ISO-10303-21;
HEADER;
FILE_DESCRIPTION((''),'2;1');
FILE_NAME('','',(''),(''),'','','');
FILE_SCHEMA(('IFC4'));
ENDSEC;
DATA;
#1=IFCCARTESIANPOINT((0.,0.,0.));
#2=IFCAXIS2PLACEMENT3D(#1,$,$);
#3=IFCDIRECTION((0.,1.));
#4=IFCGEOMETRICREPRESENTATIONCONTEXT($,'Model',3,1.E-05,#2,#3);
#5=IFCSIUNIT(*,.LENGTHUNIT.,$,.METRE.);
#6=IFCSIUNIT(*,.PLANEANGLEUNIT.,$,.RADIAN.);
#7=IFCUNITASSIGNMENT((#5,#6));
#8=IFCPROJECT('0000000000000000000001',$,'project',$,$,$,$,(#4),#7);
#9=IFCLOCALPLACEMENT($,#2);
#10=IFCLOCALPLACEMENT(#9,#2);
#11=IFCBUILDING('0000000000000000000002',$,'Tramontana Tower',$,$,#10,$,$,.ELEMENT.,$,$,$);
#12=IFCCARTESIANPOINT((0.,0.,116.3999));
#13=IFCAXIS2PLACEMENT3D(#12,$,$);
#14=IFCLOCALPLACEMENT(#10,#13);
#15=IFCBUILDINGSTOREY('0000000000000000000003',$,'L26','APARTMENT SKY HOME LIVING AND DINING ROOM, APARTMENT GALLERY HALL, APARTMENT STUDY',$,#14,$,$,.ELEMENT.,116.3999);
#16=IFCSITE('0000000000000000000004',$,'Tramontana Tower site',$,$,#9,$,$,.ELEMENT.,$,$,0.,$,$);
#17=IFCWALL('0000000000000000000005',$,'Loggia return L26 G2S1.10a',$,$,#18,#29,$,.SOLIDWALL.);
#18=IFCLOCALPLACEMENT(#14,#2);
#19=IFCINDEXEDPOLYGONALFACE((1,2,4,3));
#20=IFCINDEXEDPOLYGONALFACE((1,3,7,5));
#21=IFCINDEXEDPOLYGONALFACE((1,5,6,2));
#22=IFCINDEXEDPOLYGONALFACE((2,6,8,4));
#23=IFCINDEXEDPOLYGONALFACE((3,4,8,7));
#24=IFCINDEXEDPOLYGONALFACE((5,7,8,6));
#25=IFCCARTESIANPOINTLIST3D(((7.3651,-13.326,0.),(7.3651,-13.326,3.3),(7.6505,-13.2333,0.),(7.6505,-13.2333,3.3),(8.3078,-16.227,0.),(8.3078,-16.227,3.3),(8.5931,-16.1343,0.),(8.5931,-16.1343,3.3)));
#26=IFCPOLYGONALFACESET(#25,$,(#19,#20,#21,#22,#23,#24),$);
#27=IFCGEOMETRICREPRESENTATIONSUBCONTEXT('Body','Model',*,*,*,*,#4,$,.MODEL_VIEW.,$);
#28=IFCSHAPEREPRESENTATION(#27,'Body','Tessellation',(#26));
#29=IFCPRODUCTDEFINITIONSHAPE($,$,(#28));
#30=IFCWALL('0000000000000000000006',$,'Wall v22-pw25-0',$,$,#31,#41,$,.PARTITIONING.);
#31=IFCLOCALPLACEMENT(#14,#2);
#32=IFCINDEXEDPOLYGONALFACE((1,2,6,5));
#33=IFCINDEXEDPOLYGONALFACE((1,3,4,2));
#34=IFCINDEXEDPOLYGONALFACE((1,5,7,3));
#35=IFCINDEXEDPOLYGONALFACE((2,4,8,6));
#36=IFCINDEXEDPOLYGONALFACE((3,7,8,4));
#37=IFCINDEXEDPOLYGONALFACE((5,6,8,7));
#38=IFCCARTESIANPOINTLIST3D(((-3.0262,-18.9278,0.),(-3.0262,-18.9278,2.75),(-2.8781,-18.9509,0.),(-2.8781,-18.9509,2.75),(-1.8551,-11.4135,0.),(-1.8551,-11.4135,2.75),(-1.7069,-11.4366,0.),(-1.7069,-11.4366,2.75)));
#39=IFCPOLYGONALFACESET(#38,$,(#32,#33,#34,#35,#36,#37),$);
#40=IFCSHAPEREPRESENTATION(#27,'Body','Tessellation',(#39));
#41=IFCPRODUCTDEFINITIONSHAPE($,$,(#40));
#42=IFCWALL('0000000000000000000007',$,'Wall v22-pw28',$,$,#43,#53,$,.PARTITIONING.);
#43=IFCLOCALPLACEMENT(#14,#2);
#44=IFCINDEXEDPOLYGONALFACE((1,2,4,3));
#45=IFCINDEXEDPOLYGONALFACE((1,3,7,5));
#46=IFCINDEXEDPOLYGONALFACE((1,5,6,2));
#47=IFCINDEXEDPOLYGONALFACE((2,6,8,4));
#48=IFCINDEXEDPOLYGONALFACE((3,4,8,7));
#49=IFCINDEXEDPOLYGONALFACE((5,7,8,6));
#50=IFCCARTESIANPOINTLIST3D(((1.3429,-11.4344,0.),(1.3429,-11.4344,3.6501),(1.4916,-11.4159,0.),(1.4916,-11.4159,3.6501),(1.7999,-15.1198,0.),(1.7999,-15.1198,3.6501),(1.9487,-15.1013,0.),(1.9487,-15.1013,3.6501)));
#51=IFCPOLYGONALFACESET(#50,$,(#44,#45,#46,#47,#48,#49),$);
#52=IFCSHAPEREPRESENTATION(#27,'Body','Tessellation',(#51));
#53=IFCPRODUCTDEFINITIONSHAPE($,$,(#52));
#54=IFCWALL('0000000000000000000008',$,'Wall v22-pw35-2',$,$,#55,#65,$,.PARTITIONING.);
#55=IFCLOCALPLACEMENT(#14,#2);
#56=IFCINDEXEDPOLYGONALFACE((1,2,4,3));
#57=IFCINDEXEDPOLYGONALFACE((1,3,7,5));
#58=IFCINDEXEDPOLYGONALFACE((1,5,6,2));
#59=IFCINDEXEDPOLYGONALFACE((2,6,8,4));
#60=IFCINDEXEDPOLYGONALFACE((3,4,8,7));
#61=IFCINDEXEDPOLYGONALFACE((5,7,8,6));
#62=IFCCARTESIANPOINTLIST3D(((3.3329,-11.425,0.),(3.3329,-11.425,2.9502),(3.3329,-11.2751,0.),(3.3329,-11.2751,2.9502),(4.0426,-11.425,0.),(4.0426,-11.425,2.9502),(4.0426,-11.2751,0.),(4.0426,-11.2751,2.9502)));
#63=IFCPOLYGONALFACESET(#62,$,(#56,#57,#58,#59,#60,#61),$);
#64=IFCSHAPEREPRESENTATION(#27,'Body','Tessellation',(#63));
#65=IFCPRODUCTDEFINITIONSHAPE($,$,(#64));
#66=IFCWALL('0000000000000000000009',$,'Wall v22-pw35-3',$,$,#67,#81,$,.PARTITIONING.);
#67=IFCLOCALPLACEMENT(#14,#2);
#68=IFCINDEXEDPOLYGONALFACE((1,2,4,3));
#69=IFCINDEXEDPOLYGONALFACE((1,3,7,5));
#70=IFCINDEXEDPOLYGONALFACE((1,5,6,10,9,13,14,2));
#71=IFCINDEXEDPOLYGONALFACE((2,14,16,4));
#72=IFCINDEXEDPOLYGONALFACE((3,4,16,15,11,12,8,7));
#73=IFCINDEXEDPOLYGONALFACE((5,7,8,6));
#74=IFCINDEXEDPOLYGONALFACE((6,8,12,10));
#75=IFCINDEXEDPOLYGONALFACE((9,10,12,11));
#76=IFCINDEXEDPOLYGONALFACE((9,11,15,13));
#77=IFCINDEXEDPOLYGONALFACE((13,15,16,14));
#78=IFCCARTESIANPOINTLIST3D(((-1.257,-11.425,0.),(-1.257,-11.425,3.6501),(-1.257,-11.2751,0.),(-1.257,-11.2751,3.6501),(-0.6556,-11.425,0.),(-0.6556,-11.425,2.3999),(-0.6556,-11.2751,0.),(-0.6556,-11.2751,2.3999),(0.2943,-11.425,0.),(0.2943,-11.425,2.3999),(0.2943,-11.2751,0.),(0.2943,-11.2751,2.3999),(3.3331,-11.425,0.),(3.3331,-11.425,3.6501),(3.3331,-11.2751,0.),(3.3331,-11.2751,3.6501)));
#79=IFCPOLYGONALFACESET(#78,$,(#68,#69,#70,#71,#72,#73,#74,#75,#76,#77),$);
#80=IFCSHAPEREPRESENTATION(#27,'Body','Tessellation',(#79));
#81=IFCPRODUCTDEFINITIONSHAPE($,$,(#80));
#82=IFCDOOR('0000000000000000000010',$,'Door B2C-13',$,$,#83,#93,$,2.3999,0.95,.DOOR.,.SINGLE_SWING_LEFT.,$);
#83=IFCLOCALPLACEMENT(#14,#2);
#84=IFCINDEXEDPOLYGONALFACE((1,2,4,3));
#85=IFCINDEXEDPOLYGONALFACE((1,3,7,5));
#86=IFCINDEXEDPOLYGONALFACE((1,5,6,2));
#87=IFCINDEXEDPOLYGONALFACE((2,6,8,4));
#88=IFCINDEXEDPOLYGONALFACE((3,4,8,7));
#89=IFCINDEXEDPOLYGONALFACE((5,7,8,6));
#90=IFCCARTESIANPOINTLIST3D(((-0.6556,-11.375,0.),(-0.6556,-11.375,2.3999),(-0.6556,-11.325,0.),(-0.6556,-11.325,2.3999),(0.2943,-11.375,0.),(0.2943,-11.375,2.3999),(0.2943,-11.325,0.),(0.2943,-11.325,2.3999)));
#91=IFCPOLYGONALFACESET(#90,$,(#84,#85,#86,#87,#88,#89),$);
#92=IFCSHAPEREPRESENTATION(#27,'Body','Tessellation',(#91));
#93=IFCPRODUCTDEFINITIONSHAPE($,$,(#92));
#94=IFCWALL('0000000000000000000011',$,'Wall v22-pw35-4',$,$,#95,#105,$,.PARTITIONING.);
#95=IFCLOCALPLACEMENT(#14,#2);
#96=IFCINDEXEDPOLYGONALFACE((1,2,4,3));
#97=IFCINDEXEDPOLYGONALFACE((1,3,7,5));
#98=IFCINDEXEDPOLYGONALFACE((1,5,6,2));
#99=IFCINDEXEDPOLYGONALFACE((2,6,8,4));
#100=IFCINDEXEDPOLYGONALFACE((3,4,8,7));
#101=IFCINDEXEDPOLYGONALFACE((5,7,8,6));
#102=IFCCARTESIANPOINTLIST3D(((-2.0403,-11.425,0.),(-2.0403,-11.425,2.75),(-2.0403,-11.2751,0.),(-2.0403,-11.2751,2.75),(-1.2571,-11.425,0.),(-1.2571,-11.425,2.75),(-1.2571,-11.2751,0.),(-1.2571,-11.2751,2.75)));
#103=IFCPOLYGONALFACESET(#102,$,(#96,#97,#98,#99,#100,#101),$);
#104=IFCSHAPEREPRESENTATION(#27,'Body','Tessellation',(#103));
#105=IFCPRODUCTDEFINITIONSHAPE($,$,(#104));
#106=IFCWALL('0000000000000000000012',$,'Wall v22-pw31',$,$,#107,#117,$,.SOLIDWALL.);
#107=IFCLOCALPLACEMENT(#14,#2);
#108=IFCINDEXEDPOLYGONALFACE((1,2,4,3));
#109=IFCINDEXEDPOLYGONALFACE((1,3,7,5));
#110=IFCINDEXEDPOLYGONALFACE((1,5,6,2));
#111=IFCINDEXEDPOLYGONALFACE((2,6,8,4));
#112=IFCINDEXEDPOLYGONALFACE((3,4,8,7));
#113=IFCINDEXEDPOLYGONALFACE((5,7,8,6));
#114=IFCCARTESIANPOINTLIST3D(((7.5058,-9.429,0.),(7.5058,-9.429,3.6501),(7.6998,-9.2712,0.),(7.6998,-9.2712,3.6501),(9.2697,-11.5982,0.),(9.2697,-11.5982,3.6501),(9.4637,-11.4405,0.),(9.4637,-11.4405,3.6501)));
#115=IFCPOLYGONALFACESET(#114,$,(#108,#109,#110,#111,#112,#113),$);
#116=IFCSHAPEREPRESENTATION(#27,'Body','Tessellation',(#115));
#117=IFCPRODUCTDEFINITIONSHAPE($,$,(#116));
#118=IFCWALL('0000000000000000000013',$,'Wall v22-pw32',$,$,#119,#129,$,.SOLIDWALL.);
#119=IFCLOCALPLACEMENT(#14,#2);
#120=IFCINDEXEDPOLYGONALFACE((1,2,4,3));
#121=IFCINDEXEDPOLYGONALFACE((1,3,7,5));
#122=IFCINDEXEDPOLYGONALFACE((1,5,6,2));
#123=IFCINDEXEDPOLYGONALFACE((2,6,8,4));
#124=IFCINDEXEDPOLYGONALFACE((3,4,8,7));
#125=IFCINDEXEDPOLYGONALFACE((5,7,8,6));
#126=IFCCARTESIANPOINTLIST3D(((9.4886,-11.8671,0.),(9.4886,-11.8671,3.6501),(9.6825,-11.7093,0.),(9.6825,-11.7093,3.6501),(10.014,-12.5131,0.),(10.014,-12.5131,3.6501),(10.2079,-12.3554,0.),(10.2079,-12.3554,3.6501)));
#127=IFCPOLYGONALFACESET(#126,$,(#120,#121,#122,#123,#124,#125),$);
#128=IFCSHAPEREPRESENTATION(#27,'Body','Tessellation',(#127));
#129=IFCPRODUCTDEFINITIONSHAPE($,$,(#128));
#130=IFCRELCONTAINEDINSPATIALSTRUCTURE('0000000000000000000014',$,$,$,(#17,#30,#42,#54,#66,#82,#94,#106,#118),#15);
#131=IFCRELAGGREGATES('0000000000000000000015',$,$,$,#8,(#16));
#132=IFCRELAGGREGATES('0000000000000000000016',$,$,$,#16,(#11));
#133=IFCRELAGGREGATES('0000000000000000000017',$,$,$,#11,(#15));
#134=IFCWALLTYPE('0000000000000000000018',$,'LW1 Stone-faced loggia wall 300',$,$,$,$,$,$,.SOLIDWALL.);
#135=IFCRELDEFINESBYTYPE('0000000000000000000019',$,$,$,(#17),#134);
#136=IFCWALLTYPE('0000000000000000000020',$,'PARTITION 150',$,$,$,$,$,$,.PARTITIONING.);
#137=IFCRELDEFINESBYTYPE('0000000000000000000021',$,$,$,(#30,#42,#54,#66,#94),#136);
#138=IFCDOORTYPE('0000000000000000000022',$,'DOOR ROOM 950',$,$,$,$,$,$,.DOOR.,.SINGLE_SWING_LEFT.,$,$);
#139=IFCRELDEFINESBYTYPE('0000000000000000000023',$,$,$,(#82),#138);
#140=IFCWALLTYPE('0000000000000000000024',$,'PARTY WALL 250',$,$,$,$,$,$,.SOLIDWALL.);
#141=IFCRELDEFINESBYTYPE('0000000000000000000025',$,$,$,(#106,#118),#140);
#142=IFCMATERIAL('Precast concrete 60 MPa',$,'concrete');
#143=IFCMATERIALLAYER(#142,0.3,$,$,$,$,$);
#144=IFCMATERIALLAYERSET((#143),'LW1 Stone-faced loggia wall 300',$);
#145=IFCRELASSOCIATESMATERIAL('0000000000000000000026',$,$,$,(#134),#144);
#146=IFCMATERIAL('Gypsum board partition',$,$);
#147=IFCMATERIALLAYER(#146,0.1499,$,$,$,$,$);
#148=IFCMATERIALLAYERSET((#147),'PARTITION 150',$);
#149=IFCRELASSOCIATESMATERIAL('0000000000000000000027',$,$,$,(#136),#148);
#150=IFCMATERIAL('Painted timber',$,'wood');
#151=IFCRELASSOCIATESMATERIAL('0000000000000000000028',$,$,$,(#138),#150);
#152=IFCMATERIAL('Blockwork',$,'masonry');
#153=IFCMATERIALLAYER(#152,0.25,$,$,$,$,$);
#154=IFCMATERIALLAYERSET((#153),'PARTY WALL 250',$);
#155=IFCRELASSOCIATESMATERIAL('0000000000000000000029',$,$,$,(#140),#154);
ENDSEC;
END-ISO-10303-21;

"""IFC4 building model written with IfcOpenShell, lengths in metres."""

from ifc_helpers import new_model, si_unit, direction, frame, frame_2d, origin, place, context, subcontext, project, spatial, rectangle, extrude, material, layer, layer_set, type_object, element, fill, save


model = new_model("IFC4")

# Units and contexts
model_context = context("Model", 3, precision=1e-05, world=origin(), true_north=direction((0.0, 1.0)))
body_context = subcontext(model_context, "Body", "Model", "MODEL_VIEW")
ifc_project = project(units=[si_unit("LENGTHUNIT", "METRE"), si_unit("PLANEANGLEUNIT", "RADIAN")], contexts=[model_context])

# Site, building, storey
site_placement = place(None, origin())
site = spatial("IfcSite", under=ifc_project, at=site_placement, Name="Tramontana Tower site", CompositionType="ELEMENT", RefElevation=0.0)
building_placement = place(site_placement, origin())
building = spatial("IfcBuilding", under=site, at=building_placement, Name="Tramontana Tower", CompositionType="ELEMENT")
storey_placement = place(building_placement, frame((0.0, 0.0, 116.3999)))
storey = spatial("IfcBuildingStorey", under=building, at=storey_placement, Name="L26", Description="APARTMENT SKY HOME LIVING AND DINING ROOM, APARTMENT GALLERY HALL, APARTMENT STUDY", CompositionType="ELEMENT", Elevation=116.3999)

# Shared definitions
ifc_material_1 = material(Name="Precast concrete 60 MPa", Category="concrete")
ifc_layer_1 = layer(ifc_material_1, 0.3)
ifc_layer_set_1 = layer_set([ifc_layer_1], Name="LW1 Stone-faced loggia wall 300")
wall_type_1 = type_object("IfcWallType", Name="LW1 Stone-faced loggia wall 300", PredefinedType="SOLIDWALL", material=ifc_layer_set_1)

# Walls
wall_1_placement = place(storey_placement, frame((8.4504, -16.1807, 0.0), z_axis=(0.0, 0.0, 1.0), x_axis=(-0.309039, 0.951049, 0.0)))
element("IfcWall", 1, at=wall_1_placement, inside=storey, type_object=wall_type_1, Name="Loggia return L26 G2S1.10a", PredefinedType="SOLIDWALL", context=body_context, shape_type="SweptSolid", body=[
    extrude(rectangle(XDim=3.0503, YDim=0.3, at=frame_2d((1.5251, 0.0))), origin(), (0.0, 0.0, 1.0), 3.3),
])
ifc_material_2 = material(Name="Gypsum board partition")
ifc_layer_2 = layer(ifc_material_2, 0.1499)
ifc_layer_set_2 = layer_set([ifc_layer_2], Name="PARTITION 150")
wall_type_2 = type_object("IfcWallType", Name="PARTITION 150", PredefinedType="PARTITIONING", material=ifc_layer_set_2)
wall_2_placement = place(storey_placement, frame((-1.781, -11.425, 0.0), z_axis=(0.0, 0.0, 1.0), x_axis=(-0.153999, -0.988071, 0.0)))
element("IfcWall", 2, at=wall_2_placement, inside=storey, type_object=wall_type_2, Name="Wall v22-pw25-0", PredefinedType="PARTITIONING", context=body_context, shape_type="SweptSolid", body=[
    extrude(rectangle(XDim=7.605, YDim=0.1499, at=frame_2d((3.8025, 0.0))), origin(), (0.0, 0.0, 1.0), 2.75),
])
wall_3_placement = place(storey_placement, frame((1.4172, -11.425, 0.0), z_axis=(0.0, 0.0, 1.0), x_axis=(0.123072, -0.992398, 0.0)))
element("IfcWall", 3, at=wall_3_placement, inside=storey, type_object=wall_type_2, Name="Wall v22-pw28", PredefinedType="PARTITIONING", context=body_context, shape_type="SweptSolid", body=[
    extrude(rectangle(XDim=3.7136, YDim=0.1499, at=frame_2d((1.8569, 0.0))), origin(), (0.0, 0.0, 1.0), 3.6501),
])
wall_4_placement = place(storey_placement, frame((4.0427, -11.3501, 0.0), z_axis=(0.0, 0.0, 1.0), x_axis=(-1.0, 0.0, 0.0)))
element("IfcWall", 4, at=wall_4_placement, inside=storey, type_object=wall_type_2, Name="Wall v22-pw35-2", PredefinedType="PARTITIONING", context=body_context, shape_type="SweptSolid", body=[
    extrude(rectangle(XDim=0.7097, YDim=0.1499, at=frame_2d((0.355, 0.0))), origin(), (0.0, 0.0, 1.0), 2.9502),
])

# Wall, opening, door
wall_5_placement = place(storey_placement, frame((3.333, -11.3501, 0.0), z_axis=(0.0, 0.0, 1.0), x_axis=(-1.0, 0.0, 0.0)))
wall_5 = element("IfcWall", 5, at=wall_5_placement, inside=storey, type_object=wall_type_2, Name="Wall v22-pw35-3", PredefinedType="PARTITIONING", context=body_context, shape_type="SweptSolid", body=[
    extrude(rectangle(XDim=4.5901, YDim=0.1499, at=frame_2d((2.2949, 0.0))), origin(), (0.0, 0.0, 1.0), 3.6501),
])
opening_1_placement = place(wall_5_placement, frame((3.0386, 0.0, 0.0)))
opening_1 = element("IfcOpeningElement", 6, at=opening_1_placement, cuts=wall_5, PredefinedType="OPENING", context=body_context, shape_type="SweptSolid", body=[
    extrude(rectangle(XDim=0.95, YDim=2.3999, at=frame_2d((0.4751, 1.2))), frame((0.0, 0.085, 0.0), z_axis=(0.0, -1.0, 0.0), x_axis=(1.0, 0.0, 0.0)), (0.0, 0.0, 1.0), 0.1699),
])
ifc_material_3 = material(Name="Painted timber", Category="wood")
door_type_1 = type_object("IfcDoorType", Name="DOOR ROOM 950", OperationType="SINGLE_SWING_LEFT", PredefinedType="DOOR", material=ifc_material_3)
door_1_placement = place(opening_1_placement, origin())
door_1 = element("IfcDoor", 7, at=door_1_placement, inside=storey, type_object=door_type_1, Name="Door B2C-13", OperationType="SINGLE_SWING_LEFT", OverallHeight=2.3999, OverallWidth=0.95, PredefinedType="DOOR", context=body_context, shape_type="SweptSolid", body=[
    extrude(rectangle(XDim=0.95, YDim=2.3999, at=frame_2d((0.4751, 1.2))), frame((0.0, 0.0249, 0.0), z_axis=(0.0, -1.0, 0.0), x_axis=(1.0, 0.0, 0.0)), (0.0, 0.0, 1.0), 0.05),
])
fill(opening_1, door_1)

# Wall
wall_6_placement = place(storey_placement, frame((-1.2571, -11.3501, 0.0), z_axis=(0.0, 0.0, 1.0), x_axis=(-1.0, 0.0, 0.0)))
element("IfcWall", 8, at=wall_6_placement, inside=storey, type_object=wall_type_2, Name="Wall v22-pw35-4", PredefinedType="PARTITIONING", context=body_context, shape_type="SweptSolid", body=[
    extrude(rectangle(XDim=0.7832, YDim=0.1499, at=frame_2d((0.3916, 0.0))), origin(), (0.0, 0.0, 1.0), 2.75),
])

# Walls
ifc_material_4 = material(Name="Blockwork", Category="masonry")
ifc_layer_3 = layer(ifc_material_4, 0.25)
ifc_layer_set_3 = layer_set([ifc_layer_3], Name="PARTY WALL 250")
wall_type_3 = type_object("IfcWallType", Name="PARTY WALL 250", PredefinedType="SOLIDWALL", material=ifc_layer_set_3)
wall_7_placement = place(storey_placement, frame((7.6028, -9.3501, 0.0), z_axis=(0.0, 0.0, 1.0), x_axis=(0.630905, -0.77586, 0.0)))
element("IfcWall", 9, at=wall_7_placement, inside=storey, type_object=wall_type_3, Name="Wall v22-pw31", PredefinedType="SOLIDWALL", context=body_context, shape_type="SweptSolid", body=[
    extrude(rectangle(XDim=2.7959, YDim=0.25, at=frame_2d((1.3979, 0.0))), origin(), (0.0, 0.0, 1.0), 3.6501),
])
wall_8_placement = place(storey_placement, frame((9.5854, -11.7881, 0.0), z_axis=(0.0, 0.0, 1.0), x_axis=(0.630968, -0.775809, 0.0)))
element("IfcWall", 10, at=wall_8_placement, inside=storey, type_object=wall_type_3, Name="Wall v22-pw32", PredefinedType="SOLIDWALL", context=body_context, shape_type="SweptSolid", body=[
    extrude(rectangle(XDim=0.8328, YDim=0.25, at=frame_2d((0.4165, 0.0))), origin(), (0.0, 0.0, 1.0), 3.6501),
])

save(model, "model.ifc")
